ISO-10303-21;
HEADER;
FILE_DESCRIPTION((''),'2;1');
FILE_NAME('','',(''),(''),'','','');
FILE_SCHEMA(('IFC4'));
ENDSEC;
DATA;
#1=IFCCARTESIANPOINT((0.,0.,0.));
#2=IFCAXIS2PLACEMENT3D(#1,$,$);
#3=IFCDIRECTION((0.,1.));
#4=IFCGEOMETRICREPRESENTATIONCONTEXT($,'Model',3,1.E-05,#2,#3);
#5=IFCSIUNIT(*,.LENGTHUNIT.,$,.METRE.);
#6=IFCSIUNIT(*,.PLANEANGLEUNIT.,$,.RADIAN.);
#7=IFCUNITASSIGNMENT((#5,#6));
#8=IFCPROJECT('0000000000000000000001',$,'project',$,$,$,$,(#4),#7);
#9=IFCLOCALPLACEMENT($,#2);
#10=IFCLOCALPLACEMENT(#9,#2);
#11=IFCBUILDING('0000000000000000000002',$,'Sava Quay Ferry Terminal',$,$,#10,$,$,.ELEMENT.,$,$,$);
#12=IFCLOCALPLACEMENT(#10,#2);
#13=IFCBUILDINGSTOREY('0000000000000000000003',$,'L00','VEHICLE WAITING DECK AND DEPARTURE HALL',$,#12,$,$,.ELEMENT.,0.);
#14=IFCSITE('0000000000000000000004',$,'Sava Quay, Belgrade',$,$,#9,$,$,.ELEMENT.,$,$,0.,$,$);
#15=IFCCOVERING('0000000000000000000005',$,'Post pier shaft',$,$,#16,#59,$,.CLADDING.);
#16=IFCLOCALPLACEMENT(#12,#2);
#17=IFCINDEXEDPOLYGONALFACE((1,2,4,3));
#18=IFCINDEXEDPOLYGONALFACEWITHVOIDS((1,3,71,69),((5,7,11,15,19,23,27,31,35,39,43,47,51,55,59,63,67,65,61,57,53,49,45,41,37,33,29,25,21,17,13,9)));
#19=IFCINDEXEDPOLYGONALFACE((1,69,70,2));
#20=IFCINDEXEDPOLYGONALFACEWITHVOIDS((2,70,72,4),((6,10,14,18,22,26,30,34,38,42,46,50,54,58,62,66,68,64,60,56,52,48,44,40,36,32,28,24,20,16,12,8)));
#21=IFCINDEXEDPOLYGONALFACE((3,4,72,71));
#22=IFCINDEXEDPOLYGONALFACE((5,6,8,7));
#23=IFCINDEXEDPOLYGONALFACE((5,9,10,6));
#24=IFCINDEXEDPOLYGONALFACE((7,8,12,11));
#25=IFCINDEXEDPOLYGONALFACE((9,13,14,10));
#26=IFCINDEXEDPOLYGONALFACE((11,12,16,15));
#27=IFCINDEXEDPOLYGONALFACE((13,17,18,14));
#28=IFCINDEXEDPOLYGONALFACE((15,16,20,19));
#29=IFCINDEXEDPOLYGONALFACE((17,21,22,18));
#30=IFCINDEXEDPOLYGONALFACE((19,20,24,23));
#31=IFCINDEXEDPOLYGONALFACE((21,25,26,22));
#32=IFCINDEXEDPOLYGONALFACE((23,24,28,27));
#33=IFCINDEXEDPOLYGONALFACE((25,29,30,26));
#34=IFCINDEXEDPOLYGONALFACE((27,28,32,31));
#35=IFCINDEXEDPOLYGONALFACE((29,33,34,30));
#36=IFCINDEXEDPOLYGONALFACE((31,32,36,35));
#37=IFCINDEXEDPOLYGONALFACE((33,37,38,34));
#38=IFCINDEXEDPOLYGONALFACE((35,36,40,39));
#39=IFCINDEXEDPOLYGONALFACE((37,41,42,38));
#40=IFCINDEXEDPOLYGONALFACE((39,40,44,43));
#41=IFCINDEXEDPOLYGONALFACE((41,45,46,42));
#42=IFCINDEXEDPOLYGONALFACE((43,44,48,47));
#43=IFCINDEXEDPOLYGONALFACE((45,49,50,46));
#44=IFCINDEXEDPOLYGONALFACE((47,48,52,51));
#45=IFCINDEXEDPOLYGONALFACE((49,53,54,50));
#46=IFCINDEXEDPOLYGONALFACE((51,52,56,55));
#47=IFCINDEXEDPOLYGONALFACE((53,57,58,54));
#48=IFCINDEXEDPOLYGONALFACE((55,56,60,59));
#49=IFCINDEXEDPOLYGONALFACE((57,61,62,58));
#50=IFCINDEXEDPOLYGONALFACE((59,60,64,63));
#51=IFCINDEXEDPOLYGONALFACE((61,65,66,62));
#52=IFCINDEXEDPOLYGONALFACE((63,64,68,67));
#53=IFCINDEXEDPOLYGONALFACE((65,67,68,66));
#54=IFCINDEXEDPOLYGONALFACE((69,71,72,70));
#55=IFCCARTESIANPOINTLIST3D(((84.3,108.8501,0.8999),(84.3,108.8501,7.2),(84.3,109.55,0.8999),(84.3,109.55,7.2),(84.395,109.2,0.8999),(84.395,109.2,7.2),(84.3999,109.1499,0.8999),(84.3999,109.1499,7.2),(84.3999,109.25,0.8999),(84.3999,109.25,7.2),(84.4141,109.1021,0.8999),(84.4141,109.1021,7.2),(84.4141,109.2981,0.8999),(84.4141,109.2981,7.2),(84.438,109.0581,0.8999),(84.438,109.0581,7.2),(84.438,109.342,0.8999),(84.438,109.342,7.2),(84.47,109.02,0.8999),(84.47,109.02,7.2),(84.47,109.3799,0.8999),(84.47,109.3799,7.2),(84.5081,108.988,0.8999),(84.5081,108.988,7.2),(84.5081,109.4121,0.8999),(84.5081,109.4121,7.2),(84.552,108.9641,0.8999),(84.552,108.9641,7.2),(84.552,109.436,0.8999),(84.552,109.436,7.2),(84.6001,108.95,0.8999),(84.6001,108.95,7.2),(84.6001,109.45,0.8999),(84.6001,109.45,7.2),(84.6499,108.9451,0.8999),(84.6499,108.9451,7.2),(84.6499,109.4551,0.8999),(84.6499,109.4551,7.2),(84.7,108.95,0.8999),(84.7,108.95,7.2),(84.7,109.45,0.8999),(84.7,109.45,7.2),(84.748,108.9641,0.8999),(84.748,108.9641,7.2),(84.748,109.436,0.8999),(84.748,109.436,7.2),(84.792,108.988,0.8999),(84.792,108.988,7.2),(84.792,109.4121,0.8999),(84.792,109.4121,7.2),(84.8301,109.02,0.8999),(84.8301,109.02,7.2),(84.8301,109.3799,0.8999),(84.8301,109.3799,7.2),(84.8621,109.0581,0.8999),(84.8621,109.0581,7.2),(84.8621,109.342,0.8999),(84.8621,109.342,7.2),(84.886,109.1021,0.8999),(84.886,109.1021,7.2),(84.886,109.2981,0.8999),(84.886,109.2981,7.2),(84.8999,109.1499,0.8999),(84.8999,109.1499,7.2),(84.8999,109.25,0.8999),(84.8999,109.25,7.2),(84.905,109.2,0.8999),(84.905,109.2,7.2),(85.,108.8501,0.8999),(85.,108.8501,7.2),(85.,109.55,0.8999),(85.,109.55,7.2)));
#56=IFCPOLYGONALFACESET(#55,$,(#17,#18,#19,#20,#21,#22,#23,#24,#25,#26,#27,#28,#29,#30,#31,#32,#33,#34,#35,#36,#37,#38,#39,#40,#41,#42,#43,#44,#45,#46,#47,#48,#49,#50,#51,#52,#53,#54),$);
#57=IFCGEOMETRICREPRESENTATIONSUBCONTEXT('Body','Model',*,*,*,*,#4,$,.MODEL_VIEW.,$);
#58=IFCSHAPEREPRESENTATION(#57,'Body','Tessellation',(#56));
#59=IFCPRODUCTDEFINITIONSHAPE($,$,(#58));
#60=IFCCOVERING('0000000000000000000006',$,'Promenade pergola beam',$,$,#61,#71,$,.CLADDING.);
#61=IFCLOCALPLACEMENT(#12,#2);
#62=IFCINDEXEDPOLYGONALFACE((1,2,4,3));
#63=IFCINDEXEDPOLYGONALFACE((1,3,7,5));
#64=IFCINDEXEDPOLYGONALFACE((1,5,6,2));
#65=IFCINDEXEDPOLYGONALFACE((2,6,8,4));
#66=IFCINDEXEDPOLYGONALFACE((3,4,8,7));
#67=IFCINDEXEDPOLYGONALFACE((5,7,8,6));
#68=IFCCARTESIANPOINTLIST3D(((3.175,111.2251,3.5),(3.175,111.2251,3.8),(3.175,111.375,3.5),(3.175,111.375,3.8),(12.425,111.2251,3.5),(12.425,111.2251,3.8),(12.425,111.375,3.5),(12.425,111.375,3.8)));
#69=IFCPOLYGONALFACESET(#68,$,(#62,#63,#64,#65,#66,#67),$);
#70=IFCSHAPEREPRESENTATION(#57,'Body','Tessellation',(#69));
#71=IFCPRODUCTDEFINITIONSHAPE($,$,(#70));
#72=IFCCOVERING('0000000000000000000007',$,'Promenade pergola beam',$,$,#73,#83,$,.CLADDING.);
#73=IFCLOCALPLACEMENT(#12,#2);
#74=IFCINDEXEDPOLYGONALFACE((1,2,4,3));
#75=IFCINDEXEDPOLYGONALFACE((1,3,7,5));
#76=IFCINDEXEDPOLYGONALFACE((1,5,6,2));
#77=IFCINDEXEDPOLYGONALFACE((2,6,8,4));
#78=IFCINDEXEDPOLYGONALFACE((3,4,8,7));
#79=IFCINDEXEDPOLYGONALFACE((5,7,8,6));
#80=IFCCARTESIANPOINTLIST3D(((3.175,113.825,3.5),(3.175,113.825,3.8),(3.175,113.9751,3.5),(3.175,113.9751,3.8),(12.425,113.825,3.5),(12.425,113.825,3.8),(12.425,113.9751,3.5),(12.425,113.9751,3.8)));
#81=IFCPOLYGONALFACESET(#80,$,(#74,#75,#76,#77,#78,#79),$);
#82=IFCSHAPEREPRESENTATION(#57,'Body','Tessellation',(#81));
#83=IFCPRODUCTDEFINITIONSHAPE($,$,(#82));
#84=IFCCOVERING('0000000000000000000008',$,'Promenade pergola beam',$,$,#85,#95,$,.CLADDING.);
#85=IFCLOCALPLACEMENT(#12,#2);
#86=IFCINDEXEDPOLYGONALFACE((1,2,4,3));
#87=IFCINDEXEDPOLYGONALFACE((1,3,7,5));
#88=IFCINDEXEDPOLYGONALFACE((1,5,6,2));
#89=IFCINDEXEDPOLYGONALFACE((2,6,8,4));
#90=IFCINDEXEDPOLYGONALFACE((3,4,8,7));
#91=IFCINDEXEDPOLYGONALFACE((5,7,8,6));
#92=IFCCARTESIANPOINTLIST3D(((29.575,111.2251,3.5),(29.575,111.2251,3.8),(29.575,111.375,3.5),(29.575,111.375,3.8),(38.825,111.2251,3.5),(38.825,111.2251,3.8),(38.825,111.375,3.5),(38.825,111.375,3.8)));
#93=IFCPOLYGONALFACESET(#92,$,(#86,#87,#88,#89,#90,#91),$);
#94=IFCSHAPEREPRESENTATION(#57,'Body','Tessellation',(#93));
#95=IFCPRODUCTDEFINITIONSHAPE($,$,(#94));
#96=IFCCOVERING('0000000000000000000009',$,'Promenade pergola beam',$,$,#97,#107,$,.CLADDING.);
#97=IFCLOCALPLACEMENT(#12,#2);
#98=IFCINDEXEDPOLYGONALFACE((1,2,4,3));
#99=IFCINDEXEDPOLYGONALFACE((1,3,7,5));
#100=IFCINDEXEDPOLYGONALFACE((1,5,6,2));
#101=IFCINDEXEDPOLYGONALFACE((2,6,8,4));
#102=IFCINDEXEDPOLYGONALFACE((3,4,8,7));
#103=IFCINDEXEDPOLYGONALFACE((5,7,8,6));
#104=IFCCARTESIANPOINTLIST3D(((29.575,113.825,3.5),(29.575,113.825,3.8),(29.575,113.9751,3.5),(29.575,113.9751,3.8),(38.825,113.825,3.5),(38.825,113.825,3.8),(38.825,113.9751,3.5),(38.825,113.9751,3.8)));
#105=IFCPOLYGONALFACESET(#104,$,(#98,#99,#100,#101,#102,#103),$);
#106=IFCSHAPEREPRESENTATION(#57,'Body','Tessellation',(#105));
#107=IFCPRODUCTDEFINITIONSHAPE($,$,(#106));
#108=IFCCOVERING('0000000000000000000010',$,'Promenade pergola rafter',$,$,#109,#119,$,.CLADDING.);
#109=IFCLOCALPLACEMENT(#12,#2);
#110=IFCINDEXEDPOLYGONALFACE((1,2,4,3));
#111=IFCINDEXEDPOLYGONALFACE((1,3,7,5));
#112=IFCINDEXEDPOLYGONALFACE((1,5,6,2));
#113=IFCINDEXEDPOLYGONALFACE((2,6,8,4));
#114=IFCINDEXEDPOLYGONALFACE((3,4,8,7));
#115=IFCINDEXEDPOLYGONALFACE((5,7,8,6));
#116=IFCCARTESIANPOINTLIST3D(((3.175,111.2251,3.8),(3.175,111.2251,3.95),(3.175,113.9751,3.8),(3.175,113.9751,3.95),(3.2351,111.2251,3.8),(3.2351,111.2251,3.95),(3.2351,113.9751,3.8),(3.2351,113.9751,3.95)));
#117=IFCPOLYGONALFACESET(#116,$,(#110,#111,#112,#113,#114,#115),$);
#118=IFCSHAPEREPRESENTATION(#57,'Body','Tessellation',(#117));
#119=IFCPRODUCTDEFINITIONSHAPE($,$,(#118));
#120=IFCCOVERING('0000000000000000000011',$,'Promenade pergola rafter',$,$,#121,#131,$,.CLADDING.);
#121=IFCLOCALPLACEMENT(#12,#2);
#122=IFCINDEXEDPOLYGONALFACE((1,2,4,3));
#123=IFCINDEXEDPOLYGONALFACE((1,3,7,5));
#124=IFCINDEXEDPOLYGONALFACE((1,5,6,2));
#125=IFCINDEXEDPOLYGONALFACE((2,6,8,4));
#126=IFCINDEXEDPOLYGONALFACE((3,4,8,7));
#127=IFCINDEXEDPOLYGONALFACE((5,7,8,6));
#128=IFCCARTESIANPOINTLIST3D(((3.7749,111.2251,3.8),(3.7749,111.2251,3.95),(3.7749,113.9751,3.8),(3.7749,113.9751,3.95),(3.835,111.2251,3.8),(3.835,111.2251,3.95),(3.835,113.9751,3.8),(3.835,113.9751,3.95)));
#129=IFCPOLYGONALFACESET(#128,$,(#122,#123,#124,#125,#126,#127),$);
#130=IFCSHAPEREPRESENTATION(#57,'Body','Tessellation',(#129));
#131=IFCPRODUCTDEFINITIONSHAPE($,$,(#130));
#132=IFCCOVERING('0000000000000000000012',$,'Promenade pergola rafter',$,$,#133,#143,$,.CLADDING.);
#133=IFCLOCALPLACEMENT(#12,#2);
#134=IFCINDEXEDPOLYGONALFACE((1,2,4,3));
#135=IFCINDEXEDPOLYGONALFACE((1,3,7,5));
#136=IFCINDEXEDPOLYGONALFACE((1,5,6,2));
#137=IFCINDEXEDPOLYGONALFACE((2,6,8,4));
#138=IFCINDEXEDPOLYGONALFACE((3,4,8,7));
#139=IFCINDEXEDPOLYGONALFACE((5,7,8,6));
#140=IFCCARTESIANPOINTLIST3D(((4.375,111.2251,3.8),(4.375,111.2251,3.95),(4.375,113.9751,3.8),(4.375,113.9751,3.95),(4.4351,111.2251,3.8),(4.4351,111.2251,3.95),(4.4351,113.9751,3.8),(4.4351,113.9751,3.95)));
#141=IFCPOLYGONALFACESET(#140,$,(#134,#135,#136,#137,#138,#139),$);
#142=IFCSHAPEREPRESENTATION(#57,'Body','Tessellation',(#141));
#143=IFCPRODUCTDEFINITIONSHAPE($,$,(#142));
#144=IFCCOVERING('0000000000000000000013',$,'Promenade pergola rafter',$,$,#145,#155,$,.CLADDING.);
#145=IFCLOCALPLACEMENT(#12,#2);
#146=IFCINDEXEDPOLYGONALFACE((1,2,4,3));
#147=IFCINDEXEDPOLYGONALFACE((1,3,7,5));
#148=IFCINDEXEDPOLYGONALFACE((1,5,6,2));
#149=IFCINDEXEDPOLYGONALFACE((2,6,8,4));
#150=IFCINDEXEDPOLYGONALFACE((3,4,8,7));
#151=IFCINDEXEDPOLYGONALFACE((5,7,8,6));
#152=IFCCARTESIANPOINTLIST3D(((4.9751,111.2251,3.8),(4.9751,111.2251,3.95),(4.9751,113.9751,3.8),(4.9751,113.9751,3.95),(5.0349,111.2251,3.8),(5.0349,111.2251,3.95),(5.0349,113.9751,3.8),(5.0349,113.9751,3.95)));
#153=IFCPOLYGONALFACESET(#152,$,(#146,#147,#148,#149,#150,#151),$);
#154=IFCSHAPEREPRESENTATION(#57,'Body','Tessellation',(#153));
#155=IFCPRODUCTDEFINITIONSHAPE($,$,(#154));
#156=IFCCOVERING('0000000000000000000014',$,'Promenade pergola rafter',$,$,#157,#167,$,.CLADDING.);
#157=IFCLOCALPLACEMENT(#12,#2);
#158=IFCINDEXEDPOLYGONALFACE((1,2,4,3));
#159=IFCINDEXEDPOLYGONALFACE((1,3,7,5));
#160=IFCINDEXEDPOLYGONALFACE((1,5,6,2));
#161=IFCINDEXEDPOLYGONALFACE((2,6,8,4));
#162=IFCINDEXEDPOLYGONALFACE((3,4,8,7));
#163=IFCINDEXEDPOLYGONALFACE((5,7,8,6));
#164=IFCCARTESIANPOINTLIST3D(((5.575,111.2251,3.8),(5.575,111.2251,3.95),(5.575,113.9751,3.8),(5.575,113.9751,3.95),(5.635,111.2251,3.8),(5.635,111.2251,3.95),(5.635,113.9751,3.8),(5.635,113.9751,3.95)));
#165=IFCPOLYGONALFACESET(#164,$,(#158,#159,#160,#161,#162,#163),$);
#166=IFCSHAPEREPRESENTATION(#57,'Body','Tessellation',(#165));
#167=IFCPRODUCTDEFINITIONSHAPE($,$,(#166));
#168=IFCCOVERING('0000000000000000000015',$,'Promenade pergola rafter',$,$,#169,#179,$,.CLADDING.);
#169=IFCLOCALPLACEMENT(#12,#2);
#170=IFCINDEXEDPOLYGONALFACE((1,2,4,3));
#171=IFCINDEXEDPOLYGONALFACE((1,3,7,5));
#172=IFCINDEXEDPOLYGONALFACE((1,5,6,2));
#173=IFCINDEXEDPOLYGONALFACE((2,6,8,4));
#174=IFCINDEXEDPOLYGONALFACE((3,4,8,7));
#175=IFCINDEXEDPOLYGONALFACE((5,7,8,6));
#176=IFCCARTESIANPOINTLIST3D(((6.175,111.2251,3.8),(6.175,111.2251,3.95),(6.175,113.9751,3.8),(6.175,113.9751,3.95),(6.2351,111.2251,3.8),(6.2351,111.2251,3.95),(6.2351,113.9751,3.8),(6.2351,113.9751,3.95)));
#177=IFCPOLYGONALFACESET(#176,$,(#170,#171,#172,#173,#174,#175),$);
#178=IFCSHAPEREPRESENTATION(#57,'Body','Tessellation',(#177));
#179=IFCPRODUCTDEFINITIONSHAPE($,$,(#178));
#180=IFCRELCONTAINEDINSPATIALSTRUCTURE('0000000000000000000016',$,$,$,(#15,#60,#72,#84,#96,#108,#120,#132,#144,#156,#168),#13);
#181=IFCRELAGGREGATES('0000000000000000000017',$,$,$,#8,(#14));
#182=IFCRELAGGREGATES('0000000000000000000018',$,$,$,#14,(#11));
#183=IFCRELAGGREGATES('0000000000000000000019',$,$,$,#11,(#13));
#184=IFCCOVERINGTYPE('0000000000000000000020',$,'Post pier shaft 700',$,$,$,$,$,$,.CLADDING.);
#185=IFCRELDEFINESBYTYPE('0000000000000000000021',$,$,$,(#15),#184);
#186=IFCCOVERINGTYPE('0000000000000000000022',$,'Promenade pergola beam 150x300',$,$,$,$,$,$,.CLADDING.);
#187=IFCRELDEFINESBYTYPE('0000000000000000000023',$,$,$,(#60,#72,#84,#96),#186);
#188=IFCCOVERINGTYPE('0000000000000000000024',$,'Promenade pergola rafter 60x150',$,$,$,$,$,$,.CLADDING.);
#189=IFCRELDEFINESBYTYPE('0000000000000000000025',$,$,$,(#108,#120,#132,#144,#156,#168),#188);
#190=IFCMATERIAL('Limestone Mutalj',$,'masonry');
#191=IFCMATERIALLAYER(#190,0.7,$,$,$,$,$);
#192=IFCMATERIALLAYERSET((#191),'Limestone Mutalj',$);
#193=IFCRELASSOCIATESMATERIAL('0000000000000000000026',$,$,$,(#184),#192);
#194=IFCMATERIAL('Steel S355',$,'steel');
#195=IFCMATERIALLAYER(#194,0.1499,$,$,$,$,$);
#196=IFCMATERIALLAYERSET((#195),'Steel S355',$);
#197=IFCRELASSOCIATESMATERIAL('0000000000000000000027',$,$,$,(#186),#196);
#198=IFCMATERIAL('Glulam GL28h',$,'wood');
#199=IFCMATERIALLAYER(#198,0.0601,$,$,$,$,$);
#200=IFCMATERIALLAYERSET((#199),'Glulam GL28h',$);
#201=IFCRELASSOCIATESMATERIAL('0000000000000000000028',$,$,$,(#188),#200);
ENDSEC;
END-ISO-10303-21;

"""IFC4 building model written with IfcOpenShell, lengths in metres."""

from ifc_helpers import new_model, si_unit, direction, frame, origin, place, context, subcontext, project, spatial, polyline, outline, extrude, material, layer, layer_set, type_object, element, save


model = new_model("IFC4")

# Units and contexts
model_context = context("Model", 3, precision=1e-05, world=origin(), true_north=direction((0.0, 1.0)))
body_context = subcontext(model_context, "Body", "Model", "MODEL_VIEW")
ifc_project = project(units=[si_unit("LENGTHUNIT", "METRE"), si_unit("PLANEANGLEUNIT", "RADIAN")], contexts=[model_context])

# Site, building, storey
site_placement = place(None, origin())
site = spatial("IfcSite", under=ifc_project, at=site_placement, Name="Sava Quay, Belgrade", CompositionType="ELEMENT", RefElevation=0.0)
building_placement = place(site_placement, origin())
building = spatial("IfcBuilding", under=site, at=building_placement, Name="Sava Quay Ferry Terminal", CompositionType="ELEMENT")
storey_placement = place(building_placement, origin())
storey = spatial("IfcBuildingStorey", under=building, at=storey_placement, Name="L00", Description="VEHICLE WAITING DECK AND DEPARTURE HALL", CompositionType="ELEMENT", Elevation=0.0)

# Coverings
ifc_material_1 = material(Name="Limestone Mutalj", Category="masonry")
ifc_layer_1 = layer(ifc_material_1, 0.7)
ifc_layer_set_1 = layer_set([ifc_layer_1], Name="Limestone Mutalj")
covering_type_1 = type_object("IfcCoveringType", Name="Post pier shaft 700", PredefinedType="CLADDING", material=ifc_layer_set_1)
covering_1_placement = place(storey_placement, frame((0.0, 0.0, 0.8999)))
element("IfcCovering", 1, at=covering_1_placement, inside=storey, type_object=covering_type_1, Name="Post pier shaft", PredefinedType="CLADDING", context=body_context, shape_type="SweptSolid", body=[
    extrude(outline(polyline([(84.3, 108.8501), (85.0, 108.8501), (85.0, 109.55), (84.3, 109.55), (84.3, 108.8501)]), holes=[polyline([(84.8999, 109.25), (84.905, 109.2), (84.8999, 109.1499), (84.886, 109.1021), (84.8621, 109.0581), (84.8301, 109.02), (84.792, 108.988), (84.748, 108.9641), (84.7, 108.95), (84.6499, 108.9451), (84.6001, 108.95), (84.552, 108.9641), (84.5081, 108.988), (84.47, 109.02), (84.438, 109.0581), (84.4141, 109.1021), (84.3999, 109.1499), (84.395, 109.2), (84.3999, 109.25), (84.4141, 109.2981), (84.438, 109.342), (84.47, 109.3799), (84.5081, 109.4121), (84.552, 109.436), (84.6001, 109.45), (84.6499, 109.4551), (84.7, 109.45), (84.748, 109.436), (84.792, 109.4121), (84.8301, 109.3799), (84.8621, 109.342), (84.886, 109.2981), (84.8999, 109.25)])]), origin(), (0.0, 0.0, 1.0), 6.3),
])
ifc_material_2 = material(Name="Steel S355", Category="steel")
ifc_layer_2 = layer(ifc_material_2, 0.1499)
ifc_layer_set_2 = layer_set([ifc_layer_2], Name="Steel S355")
covering_type_2 = type_object("IfcCoveringType", Name="Promenade pergola beam 150x300", PredefinedType="CLADDING", material=ifc_layer_set_2)
covering_2_placement = place(storey_placement, frame((0.0, 0.0, 3.5)))
element("IfcCovering", 2, at=covering_2_placement, inside=storey, type_object=covering_type_2, Name="Promenade pergola beam", PredefinedType="CLADDING", context=body_context, shape_type="SweptSolid", body=[
    extrude(outline(polyline([(12.425, 111.2251), (12.425, 111.375), (3.175, 111.375), (3.175, 111.2251), (12.425, 111.2251)])), origin(), (0.0, 0.0, 1.0), 0.3),
])
covering_3_placement = place(storey_placement, frame((0.0, 0.0, 3.5)))
element("IfcCovering", 3, at=covering_3_placement, inside=storey, type_object=covering_type_2, Name="Promenade pergola beam", PredefinedType="CLADDING", context=body_context, shape_type="SweptSolid", body=[
    extrude(outline(polyline([(12.425, 113.825), (12.425, 113.9751), (3.175, 113.9751), (3.175, 113.825), (12.425, 113.825)])), origin(), (0.0, 0.0, 1.0), 0.3),
])
covering_4_placement = place(storey_placement, frame((0.0, 0.0, 3.5)))
element("IfcCovering", 4, at=covering_4_placement, inside=storey, type_object=covering_type_2, Name="Promenade pergola beam", PredefinedType="CLADDING", context=body_context, shape_type="SweptSolid", body=[
    extrude(outline(polyline([(38.825, 111.2251), (38.825, 111.375), (29.575, 111.375), (29.575, 111.2251), (38.825, 111.2251)])), origin(), (0.0, 0.0, 1.0), 0.3),
])
covering_5_placement = place(storey_placement, frame((0.0, 0.0, 3.5)))
element("IfcCovering", 5, at=covering_5_placement, inside=storey, type_object=covering_type_2, Name="Promenade pergola beam", PredefinedType="CLADDING", context=body_context, shape_type="SweptSolid", body=[
    extrude(outline(polyline([(38.825, 113.825), (38.825, 113.9751), (29.575, 113.9751), (29.575, 113.825), (38.825, 113.825)])), origin(), (0.0, 0.0, 1.0), 0.3),
])
ifc_material_3 = material(Name="Glulam GL28h", Category="wood")
ifc_layer_3 = layer(ifc_material_3, 0.0601)
ifc_layer_set_3 = layer_set([ifc_layer_3], Name="Glulam GL28h")
covering_type_3 = type_object("IfcCoveringType", Name="Promenade pergola rafter 60x150", PredefinedType="CLADDING", material=ifc_layer_set_3)
covering_6_placement = place(storey_placement, frame((0.0, 0.0, 3.8)))
element("IfcCovering", 6, at=covering_6_placement, inside=storey, type_object=covering_type_3, Name="Promenade pergola rafter", PredefinedType="CLADDING", context=body_context, shape_type="SweptSolid", body=[
    extrude(outline(polyline([(3.2351, 111.2251), (3.2351, 113.9751), (3.175, 113.9751), (3.175, 111.2251), (3.2351, 111.2251)])), origin(), (0.0, 0.0, 1.0), 0.1499),
])
covering_7_placement = place(storey_placement, frame((0.0, 0.0, 3.8)))
element("IfcCovering", 7, at=covering_7_placement, inside=storey, type_object=covering_type_3, Name="Promenade pergola rafter", PredefinedType="CLADDING", context=body_context, shape_type="SweptSolid", body=[
    extrude(outline(polyline([(3.835, 111.2251), (3.835, 113.9751), (3.7749, 113.9751), (3.7749, 111.2251), (3.835, 111.2251)])), origin(), (0.0, 0.0, 1.0), 0.1499),
])
covering_8_placement = place(storey_placement, frame((0.0, 0.0, 3.8)))
element("IfcCovering", 8, at=covering_8_placement, inside=storey, type_object=covering_type_3, Name="Promenade pergola rafter", PredefinedType="CLADDING", context=body_context, shape_type="SweptSolid", body=[
    extrude(outline(polyline([(4.4351, 111.2251), (4.4351, 113.9751), (4.375, 113.9751), (4.375, 111.2251), (4.4351, 111.2251)])), origin(), (0.0, 0.0, 1.0), 0.1499),
])
covering_9_placement = place(storey_placement, frame((0.0, 0.0, 3.8)))
element("IfcCovering", 9, at=covering_9_placement, inside=storey, type_object=covering_type_3, Name="Promenade pergola rafter", PredefinedType="CLADDING", context=body_context, shape_type="SweptSolid", body=[
    extrude(outline(polyline([(5.0349, 111.2251), (5.0349, 113.9751), (4.9751, 113.9751), (4.9751, 111.2251), (5.0349, 111.2251)])), origin(), (0.0, 0.0, 1.0), 0.1499),
])
covering_10_placement = place(storey_placement, frame((0.0, 0.0, 3.8)))
element("IfcCovering", 10, at=covering_10_placement, inside=storey, type_object=covering_type_3, Name="Promenade pergola rafter", PredefinedType="CLADDING", context=body_context, shape_type="SweptSolid", body=[
    extrude(outline(polyline([(5.635, 111.2251), (5.635, 113.9751), (5.575, 113.9751), (5.575, 111.2251), (5.635, 111.2251)])), origin(), (0.0, 0.0, 1.0), 0.1499),
])
covering_11_placement = place(storey_placement, frame((0.0, 0.0, 3.8)))
element("IfcCovering", 11, at=covering_11_placement, inside=storey, type_object=covering_type_3, Name="Promenade pergola rafter", PredefinedType="CLADDING", context=body_context, shape_type="SweptSolid", body=[
    extrude(outline(polyline([(6.2351, 111.2251), (6.2351, 113.9751), (6.175, 113.9751), (6.175, 111.2251), (6.2351, 111.2251)])), origin(), (0.0, 0.0, 1.0), 0.1499),
])

save(model, "model.ifc")
